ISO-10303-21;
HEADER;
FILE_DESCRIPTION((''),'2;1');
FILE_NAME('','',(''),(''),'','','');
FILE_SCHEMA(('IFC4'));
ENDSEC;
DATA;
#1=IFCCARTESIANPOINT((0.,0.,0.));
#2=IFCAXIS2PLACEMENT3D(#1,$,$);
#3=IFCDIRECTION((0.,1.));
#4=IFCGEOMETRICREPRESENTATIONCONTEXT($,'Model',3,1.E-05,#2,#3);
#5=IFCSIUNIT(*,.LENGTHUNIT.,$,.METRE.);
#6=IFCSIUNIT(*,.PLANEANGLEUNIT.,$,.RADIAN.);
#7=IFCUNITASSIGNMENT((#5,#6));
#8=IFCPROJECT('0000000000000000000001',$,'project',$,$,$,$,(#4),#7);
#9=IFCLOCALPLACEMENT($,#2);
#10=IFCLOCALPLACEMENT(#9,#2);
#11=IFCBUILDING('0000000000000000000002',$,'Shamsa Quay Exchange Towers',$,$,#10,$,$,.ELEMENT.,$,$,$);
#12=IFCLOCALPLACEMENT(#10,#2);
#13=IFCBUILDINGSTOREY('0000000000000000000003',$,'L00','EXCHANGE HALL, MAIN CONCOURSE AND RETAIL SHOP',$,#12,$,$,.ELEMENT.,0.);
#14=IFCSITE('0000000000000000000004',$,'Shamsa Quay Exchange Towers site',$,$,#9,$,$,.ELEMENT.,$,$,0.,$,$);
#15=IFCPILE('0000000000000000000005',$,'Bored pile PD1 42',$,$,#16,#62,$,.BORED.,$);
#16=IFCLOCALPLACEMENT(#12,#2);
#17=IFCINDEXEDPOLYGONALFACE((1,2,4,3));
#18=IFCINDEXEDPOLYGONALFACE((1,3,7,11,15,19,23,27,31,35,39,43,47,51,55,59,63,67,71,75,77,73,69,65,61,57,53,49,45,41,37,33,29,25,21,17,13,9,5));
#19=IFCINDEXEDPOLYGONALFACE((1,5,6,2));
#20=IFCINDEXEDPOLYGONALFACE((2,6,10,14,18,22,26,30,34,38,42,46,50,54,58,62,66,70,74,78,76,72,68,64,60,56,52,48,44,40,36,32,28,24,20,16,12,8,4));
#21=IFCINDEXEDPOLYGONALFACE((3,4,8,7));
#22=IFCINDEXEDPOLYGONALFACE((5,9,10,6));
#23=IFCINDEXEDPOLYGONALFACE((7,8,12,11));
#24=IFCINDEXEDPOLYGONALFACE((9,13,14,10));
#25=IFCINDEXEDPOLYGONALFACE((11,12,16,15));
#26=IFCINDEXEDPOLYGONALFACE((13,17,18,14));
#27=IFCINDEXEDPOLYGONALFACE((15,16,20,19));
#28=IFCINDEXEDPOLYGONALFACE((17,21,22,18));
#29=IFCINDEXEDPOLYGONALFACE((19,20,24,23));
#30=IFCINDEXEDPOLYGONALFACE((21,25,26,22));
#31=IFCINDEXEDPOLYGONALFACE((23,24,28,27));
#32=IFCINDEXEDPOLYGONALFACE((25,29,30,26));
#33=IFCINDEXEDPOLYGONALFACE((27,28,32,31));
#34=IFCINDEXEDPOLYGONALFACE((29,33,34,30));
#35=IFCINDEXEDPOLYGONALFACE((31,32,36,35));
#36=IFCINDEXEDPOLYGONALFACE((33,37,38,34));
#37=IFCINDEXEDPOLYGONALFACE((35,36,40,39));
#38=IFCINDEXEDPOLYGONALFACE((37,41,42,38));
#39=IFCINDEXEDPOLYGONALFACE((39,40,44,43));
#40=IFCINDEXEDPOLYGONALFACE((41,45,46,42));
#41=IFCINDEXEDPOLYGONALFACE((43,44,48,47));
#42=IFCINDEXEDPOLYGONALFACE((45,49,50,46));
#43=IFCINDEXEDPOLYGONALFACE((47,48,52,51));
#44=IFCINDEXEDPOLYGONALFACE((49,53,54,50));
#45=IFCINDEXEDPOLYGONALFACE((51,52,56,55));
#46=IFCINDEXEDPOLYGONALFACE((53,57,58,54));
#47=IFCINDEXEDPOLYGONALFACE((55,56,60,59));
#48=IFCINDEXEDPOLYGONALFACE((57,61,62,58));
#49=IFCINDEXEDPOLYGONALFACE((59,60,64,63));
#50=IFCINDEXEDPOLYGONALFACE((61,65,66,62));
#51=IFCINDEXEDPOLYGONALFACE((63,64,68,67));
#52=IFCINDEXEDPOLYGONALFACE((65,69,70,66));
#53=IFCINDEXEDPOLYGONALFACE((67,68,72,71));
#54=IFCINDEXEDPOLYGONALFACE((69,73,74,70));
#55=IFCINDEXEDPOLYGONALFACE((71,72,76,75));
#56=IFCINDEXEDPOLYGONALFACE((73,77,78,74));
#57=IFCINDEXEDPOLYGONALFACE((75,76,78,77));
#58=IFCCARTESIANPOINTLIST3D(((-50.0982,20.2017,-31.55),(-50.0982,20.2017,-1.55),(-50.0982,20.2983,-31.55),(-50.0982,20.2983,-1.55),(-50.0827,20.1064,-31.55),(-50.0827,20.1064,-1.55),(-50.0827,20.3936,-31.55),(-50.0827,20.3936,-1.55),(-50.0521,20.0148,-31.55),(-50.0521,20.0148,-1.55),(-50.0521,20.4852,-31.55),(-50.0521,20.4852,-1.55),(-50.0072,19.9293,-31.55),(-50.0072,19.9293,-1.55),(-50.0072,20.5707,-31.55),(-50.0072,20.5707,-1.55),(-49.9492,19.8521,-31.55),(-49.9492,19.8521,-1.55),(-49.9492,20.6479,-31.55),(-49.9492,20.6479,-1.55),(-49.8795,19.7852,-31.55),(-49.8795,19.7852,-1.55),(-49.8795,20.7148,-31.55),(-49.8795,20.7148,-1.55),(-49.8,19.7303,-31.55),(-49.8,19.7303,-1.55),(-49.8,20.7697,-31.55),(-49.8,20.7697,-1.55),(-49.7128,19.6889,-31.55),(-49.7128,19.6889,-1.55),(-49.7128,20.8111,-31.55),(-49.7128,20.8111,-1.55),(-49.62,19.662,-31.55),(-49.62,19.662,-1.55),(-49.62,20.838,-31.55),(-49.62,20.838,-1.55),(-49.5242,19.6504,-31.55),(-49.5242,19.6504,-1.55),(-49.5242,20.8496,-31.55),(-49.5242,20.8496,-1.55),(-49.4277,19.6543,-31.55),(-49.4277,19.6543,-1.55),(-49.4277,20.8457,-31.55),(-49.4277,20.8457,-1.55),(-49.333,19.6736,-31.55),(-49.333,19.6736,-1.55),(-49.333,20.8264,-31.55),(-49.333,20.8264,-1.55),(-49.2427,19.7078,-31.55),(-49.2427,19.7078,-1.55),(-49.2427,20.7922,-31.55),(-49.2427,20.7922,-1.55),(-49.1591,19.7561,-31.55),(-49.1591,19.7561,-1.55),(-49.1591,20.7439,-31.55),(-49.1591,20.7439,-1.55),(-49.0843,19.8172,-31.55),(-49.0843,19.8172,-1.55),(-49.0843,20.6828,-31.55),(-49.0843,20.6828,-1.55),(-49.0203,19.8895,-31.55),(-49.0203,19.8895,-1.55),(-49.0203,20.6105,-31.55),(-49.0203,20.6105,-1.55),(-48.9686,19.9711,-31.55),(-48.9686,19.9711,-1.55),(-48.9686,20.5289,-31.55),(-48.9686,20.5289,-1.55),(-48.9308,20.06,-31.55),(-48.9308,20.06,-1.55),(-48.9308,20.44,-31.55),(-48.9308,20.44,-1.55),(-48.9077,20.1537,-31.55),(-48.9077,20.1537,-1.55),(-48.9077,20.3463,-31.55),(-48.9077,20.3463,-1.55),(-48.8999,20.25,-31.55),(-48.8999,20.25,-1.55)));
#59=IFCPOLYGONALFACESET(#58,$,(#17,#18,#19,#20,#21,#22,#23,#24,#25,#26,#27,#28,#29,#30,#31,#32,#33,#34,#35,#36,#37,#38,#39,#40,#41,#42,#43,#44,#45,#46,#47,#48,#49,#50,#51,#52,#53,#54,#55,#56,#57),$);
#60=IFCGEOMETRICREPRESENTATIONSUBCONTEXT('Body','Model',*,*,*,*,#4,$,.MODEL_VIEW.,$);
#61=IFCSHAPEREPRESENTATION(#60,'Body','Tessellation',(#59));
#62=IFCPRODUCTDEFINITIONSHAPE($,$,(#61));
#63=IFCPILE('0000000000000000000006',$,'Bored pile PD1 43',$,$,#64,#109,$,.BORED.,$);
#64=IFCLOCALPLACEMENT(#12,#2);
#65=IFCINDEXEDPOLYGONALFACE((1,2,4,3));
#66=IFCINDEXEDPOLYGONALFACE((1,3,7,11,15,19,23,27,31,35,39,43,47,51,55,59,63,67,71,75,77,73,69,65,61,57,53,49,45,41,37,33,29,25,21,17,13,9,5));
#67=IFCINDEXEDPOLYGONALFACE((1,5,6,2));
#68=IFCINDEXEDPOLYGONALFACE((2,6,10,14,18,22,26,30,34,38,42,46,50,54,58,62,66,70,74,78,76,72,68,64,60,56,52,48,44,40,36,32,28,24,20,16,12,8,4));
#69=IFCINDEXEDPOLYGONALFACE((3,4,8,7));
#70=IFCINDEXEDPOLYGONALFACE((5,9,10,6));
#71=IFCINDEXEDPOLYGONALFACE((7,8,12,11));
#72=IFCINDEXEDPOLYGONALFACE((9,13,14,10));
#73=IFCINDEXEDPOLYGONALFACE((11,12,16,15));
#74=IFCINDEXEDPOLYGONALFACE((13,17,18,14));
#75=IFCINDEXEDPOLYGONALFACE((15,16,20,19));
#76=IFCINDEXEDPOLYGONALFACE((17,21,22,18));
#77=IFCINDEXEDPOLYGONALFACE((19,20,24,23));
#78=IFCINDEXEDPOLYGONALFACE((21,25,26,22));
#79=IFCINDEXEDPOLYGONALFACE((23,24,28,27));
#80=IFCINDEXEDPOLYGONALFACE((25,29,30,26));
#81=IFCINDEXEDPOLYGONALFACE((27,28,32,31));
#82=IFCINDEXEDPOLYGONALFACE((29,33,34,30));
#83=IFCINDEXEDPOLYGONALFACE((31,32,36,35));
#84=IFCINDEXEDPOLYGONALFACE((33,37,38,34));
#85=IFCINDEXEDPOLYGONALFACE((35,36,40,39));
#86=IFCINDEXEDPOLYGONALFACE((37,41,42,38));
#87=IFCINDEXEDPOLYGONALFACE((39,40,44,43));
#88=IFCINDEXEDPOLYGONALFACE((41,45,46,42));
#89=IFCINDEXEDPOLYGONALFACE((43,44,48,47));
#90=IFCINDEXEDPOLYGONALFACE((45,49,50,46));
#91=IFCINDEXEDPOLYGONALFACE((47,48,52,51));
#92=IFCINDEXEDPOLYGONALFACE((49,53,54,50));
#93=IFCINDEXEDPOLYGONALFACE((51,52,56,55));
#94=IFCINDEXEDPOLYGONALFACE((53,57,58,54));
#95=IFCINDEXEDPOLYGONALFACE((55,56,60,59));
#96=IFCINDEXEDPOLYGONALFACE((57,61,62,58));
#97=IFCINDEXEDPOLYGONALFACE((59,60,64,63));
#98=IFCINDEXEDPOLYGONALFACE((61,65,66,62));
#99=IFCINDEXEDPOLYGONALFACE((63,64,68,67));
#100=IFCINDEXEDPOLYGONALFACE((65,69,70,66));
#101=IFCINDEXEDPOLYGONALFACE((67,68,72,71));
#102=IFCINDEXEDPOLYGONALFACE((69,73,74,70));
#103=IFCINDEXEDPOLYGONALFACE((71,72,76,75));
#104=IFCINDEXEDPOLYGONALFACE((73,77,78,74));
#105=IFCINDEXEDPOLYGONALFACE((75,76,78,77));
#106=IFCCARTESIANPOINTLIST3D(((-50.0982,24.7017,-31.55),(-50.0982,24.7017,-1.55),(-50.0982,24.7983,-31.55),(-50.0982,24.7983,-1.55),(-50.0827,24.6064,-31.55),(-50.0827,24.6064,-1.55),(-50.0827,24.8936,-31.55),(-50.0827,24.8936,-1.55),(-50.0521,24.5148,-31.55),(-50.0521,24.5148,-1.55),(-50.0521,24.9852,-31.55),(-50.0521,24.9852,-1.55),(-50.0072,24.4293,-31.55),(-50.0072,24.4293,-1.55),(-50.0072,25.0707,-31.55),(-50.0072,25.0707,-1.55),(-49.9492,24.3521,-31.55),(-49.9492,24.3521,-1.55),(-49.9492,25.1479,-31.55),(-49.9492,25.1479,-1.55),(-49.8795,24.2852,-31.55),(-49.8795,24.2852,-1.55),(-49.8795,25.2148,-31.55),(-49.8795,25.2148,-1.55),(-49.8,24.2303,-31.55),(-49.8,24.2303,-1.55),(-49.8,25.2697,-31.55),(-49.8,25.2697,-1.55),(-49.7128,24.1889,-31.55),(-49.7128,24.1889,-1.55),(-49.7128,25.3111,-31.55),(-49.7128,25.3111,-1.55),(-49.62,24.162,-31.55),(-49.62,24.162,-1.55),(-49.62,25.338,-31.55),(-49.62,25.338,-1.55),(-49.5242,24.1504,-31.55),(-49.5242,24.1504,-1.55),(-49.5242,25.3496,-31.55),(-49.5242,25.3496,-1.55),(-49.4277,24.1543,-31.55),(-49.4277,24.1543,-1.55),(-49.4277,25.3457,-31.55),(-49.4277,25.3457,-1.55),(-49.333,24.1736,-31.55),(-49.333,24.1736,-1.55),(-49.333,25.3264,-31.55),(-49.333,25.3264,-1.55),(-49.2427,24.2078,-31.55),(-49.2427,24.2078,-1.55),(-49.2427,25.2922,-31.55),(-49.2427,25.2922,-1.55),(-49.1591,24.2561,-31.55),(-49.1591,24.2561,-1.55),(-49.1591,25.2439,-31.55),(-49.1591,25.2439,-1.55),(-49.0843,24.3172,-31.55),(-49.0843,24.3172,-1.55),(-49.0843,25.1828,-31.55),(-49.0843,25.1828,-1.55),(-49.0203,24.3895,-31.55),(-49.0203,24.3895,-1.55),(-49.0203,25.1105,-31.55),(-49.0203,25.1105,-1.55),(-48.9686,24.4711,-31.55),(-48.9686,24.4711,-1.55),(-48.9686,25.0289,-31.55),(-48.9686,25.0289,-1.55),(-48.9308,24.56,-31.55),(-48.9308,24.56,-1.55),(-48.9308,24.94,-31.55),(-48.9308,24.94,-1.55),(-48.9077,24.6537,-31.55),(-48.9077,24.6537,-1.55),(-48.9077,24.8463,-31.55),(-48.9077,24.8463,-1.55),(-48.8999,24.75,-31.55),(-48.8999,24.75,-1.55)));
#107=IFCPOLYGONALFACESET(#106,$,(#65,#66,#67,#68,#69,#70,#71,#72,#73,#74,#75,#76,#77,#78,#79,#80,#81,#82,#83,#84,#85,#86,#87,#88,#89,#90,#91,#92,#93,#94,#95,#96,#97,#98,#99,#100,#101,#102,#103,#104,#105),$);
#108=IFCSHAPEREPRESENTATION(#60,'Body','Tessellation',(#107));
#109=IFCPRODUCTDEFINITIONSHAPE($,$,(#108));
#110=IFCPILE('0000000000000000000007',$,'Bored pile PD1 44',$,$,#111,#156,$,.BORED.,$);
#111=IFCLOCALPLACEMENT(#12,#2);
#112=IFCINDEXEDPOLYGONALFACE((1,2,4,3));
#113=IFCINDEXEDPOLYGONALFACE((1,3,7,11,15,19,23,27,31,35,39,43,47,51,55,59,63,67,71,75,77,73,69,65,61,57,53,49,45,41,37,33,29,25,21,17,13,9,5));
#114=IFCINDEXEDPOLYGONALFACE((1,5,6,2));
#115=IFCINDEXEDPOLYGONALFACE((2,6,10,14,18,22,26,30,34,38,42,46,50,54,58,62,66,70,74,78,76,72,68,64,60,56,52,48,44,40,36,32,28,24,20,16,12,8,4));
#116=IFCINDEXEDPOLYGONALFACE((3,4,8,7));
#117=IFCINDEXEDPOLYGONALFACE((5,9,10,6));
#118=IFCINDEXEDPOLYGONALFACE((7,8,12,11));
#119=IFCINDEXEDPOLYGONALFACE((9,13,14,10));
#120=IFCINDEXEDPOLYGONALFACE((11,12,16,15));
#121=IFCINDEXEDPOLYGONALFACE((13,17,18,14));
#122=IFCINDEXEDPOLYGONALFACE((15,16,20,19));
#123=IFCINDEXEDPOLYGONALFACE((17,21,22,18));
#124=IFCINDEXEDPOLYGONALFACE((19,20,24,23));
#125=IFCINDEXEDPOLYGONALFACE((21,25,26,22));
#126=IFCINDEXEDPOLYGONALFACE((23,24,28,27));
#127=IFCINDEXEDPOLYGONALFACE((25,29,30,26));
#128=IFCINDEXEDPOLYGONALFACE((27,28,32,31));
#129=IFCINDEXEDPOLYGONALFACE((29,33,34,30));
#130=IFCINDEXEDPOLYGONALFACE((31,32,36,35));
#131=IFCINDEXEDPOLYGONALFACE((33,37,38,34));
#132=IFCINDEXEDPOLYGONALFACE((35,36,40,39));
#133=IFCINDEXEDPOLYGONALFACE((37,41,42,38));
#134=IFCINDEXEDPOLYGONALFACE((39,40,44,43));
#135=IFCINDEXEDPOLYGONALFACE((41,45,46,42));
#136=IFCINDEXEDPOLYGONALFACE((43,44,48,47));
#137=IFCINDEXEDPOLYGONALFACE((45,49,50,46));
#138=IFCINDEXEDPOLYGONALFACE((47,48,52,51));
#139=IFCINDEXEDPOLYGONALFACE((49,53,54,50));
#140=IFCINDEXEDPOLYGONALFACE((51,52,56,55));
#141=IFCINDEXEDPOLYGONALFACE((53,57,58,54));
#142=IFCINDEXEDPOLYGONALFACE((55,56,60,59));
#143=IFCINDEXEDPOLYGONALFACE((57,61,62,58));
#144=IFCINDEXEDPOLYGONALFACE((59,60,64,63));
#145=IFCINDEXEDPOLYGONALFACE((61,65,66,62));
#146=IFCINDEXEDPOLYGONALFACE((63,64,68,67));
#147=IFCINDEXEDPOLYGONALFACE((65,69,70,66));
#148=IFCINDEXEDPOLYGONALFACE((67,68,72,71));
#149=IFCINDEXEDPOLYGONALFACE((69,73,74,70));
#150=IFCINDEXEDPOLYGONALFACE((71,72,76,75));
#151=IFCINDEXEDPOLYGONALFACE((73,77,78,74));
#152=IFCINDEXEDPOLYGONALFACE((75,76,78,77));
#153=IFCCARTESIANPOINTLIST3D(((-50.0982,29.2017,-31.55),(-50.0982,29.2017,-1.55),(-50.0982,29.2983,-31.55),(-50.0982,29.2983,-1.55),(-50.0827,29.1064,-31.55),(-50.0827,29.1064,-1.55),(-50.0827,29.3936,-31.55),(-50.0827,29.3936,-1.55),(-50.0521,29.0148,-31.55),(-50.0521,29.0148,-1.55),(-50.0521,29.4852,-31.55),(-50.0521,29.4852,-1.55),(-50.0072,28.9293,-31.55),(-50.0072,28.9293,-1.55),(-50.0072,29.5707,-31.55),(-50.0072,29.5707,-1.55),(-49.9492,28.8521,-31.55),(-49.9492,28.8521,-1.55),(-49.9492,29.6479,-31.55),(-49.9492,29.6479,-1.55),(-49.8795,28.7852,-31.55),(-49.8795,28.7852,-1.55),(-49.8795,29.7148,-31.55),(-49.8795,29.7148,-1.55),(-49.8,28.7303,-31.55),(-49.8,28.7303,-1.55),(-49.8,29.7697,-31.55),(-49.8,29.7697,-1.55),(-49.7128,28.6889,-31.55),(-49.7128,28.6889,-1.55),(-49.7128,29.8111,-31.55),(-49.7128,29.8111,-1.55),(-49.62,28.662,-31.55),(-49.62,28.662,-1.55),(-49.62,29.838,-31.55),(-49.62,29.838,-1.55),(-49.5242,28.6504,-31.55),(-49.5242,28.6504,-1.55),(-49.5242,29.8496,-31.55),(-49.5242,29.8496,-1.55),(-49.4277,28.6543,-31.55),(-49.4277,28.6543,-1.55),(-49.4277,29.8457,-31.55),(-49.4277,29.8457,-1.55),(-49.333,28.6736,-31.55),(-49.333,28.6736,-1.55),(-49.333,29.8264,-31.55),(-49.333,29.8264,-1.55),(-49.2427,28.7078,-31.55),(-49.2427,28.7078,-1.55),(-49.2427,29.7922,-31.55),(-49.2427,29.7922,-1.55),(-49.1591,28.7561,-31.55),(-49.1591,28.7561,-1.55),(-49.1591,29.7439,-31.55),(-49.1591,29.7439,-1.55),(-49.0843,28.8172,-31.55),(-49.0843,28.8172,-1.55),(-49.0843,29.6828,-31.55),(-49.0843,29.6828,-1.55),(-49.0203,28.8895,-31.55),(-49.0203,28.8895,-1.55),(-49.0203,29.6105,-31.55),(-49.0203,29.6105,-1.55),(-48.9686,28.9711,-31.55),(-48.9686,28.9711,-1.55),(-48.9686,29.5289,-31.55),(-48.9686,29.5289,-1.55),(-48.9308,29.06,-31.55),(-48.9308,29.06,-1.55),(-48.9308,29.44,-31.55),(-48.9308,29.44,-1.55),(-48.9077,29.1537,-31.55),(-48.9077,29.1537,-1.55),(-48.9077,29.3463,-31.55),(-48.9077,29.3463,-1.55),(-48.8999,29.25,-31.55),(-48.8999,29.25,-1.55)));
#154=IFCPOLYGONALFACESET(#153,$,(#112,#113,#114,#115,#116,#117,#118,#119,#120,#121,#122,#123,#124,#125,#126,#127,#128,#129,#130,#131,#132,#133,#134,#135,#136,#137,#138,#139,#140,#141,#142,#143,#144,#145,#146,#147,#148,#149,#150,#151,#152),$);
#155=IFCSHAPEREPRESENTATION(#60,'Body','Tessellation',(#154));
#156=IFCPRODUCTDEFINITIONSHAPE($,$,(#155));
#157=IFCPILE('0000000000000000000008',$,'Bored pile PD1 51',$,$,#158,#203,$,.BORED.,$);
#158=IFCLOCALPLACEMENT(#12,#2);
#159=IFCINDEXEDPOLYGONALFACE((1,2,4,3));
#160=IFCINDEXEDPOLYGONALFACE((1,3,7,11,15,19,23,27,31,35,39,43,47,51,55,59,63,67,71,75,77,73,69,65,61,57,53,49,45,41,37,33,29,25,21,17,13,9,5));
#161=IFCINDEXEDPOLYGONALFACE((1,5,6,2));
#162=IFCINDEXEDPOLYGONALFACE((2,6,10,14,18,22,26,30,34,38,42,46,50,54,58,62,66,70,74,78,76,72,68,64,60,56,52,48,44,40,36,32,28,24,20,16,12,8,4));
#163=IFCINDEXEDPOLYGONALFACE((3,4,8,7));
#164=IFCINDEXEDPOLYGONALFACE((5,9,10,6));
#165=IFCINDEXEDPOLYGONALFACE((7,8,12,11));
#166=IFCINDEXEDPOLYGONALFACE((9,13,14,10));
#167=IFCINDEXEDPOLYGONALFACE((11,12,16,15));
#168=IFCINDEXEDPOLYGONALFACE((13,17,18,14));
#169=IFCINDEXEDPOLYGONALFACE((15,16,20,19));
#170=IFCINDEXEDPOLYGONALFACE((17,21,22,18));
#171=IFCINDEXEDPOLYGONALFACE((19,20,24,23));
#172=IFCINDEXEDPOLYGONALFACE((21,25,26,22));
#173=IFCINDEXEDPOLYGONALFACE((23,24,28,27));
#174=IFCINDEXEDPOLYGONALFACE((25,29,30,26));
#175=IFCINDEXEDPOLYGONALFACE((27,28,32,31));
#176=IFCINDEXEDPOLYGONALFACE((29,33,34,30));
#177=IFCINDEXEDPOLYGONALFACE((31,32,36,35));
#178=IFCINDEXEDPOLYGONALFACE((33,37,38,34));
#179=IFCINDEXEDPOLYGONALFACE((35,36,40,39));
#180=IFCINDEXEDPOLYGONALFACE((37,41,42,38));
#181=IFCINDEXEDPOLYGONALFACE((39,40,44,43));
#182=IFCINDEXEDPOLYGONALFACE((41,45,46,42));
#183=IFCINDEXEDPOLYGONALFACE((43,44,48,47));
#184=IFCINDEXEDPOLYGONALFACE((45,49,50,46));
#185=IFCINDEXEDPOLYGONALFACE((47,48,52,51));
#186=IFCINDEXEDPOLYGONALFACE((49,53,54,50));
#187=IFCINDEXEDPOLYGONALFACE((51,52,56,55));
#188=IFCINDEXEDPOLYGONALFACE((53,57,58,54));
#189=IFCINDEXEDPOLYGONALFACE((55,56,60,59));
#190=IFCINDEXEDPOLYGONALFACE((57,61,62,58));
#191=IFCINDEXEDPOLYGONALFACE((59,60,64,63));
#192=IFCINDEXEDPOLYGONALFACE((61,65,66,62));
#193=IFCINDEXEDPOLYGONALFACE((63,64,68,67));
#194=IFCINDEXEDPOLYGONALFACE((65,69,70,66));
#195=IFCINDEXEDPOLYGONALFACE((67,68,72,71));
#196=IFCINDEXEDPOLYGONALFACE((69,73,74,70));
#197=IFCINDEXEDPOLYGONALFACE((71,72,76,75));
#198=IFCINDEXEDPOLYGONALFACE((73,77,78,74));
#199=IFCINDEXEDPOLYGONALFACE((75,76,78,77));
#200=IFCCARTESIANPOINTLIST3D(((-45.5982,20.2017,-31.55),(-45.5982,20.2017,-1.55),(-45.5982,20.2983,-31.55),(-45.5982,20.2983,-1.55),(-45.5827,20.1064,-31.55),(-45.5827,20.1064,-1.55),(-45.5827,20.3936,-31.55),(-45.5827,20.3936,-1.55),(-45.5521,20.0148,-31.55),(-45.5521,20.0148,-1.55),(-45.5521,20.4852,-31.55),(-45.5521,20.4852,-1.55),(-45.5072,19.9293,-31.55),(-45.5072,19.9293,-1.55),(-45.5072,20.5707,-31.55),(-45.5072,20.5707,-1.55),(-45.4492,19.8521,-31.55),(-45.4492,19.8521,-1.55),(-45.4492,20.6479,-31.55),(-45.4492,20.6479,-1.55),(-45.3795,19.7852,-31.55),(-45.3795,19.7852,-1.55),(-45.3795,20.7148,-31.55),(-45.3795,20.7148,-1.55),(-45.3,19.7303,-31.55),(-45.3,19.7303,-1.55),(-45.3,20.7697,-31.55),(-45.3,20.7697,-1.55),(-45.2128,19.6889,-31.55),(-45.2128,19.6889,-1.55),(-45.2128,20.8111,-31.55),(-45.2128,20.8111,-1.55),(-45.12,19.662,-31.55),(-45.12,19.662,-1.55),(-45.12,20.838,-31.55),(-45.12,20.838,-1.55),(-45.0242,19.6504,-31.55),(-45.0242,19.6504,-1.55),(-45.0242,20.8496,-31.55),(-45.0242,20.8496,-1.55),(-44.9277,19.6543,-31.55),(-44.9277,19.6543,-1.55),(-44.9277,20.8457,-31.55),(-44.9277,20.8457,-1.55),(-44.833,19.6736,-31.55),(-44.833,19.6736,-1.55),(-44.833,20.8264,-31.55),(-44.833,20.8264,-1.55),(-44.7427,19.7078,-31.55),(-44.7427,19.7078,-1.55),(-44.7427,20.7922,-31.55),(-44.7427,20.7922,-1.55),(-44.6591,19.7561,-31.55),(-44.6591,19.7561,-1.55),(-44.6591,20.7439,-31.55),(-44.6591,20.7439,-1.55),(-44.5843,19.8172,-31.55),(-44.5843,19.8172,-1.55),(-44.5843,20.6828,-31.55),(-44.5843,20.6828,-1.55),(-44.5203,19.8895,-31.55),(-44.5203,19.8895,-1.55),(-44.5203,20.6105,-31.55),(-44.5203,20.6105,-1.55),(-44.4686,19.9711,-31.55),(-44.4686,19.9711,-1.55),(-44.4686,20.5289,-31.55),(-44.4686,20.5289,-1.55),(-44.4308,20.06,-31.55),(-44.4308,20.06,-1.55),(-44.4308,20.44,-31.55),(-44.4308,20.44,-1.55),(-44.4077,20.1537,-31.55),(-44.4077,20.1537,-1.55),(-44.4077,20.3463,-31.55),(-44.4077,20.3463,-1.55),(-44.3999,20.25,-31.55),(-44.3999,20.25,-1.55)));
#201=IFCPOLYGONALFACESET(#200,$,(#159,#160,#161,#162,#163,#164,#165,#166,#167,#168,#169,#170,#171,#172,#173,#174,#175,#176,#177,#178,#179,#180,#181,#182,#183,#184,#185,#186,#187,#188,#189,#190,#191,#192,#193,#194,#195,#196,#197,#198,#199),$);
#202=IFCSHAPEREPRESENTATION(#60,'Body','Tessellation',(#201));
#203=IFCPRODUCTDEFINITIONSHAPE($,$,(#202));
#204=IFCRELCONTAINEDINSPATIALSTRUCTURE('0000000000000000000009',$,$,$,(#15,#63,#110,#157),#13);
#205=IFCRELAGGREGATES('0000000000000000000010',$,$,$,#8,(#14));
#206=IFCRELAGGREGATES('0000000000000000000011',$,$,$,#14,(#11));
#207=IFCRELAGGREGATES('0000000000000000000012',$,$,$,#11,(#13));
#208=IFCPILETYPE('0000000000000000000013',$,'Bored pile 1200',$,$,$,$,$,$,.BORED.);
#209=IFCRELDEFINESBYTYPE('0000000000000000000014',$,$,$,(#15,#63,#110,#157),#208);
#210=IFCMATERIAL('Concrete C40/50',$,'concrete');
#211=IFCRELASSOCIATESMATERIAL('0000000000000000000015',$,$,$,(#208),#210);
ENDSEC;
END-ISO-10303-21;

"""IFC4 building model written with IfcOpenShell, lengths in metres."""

from ifc_helpers import new_model, si_unit, direction, frame, origin, origin_2d, place, context, subcontext, project, spatial, circle, extrude, material, material_profile, profile_set, type_object, element, save


model = new_model("IFC4")

# Units and contexts
model_context = context("Model", 3, precision=1e-05, world=origin(), true_north=direction((0.0, 1.0)))
body_context = subcontext(model_context, "Body", "Model", "MODEL_VIEW")
ifc_project = project(units=[si_unit("LENGTHUNIT", "METRE"), si_unit("PLANEANGLEUNIT", "RADIAN")], contexts=[model_context])

# Site, building, storey
site_placement = place(None, origin())
site = spatial("IfcSite", under=ifc_project, at=site_placement, Name="Shamsa Quay Exchange Towers site", CompositionType="ELEMENT", RefElevation=0.0)
building_placement = place(site_placement, origin())
building = spatial("IfcBuilding", under=site, at=building_placement, Name="Shamsa Quay Exchange Towers", CompositionType="ELEMENT")
storey_placement = place(building_placement, origin())
storey = spatial("IfcBuildingStorey", under=building, at=storey_placement, Name="L00", Description="EXCHANGE HALL, MAIN CONCOURSE AND RETAIL SHOP", CompositionType="ELEMENT", Elevation=0.0)

# Piles
ifc_material_1 = material(Name="Concrete C40/50", Category="concrete")
ifc_material_profile_1 = material_profile(ifc_material_1, circle(Radius=0.6001, at=origin_2d()), Name="BP1200")
ifc_profile_set_1 = profile_set([ifc_material_profile_1], Name="Concrete C40/50")
pile_type_1 = type_object("IfcPileType", Name="Bored pile 1200", PredefinedType="BORED", material=ifc_profile_set_1)
for number, where, z_axis, x_axis, name in (
    (1, (-49.5, 20.25, -1.55), (0.0, 0.0, -1.0), (1.0, 0.0, 0.0), "Bored pile PD1 42"),
    (2, (-49.5, 24.75, -1.55), (0.0, 0.0, -1.0), (1.0, 0.0, 0.0), "Bored pile PD1 43"),
    (3, (-49.5, 29.25, -1.55), (0.0, 0.0, -1.0), (1.0, 0.0, 0.0), "Bored pile PD1 44"),
    (4, (-45.0, 20.25, -1.55), (0.0, 0.0, -1.0), (1.0, 0.0, 0.0), "Bored pile PD1 51"),
):
    element("IfcPile", number, at=place(storey_placement, frame(where, z_axis=z_axis, x_axis=x_axis)), inside=storey, type_object=pile_type_1, Name=name, PredefinedType="BORED", context=body_context, shape_type="SweptSolid", body=[
        extrude(circle(Radius=0.6001, at=origin_2d()), origin(), (0.0, 0.0, 1.0), 30.0),
    ])

save(model, "model.ifc")
